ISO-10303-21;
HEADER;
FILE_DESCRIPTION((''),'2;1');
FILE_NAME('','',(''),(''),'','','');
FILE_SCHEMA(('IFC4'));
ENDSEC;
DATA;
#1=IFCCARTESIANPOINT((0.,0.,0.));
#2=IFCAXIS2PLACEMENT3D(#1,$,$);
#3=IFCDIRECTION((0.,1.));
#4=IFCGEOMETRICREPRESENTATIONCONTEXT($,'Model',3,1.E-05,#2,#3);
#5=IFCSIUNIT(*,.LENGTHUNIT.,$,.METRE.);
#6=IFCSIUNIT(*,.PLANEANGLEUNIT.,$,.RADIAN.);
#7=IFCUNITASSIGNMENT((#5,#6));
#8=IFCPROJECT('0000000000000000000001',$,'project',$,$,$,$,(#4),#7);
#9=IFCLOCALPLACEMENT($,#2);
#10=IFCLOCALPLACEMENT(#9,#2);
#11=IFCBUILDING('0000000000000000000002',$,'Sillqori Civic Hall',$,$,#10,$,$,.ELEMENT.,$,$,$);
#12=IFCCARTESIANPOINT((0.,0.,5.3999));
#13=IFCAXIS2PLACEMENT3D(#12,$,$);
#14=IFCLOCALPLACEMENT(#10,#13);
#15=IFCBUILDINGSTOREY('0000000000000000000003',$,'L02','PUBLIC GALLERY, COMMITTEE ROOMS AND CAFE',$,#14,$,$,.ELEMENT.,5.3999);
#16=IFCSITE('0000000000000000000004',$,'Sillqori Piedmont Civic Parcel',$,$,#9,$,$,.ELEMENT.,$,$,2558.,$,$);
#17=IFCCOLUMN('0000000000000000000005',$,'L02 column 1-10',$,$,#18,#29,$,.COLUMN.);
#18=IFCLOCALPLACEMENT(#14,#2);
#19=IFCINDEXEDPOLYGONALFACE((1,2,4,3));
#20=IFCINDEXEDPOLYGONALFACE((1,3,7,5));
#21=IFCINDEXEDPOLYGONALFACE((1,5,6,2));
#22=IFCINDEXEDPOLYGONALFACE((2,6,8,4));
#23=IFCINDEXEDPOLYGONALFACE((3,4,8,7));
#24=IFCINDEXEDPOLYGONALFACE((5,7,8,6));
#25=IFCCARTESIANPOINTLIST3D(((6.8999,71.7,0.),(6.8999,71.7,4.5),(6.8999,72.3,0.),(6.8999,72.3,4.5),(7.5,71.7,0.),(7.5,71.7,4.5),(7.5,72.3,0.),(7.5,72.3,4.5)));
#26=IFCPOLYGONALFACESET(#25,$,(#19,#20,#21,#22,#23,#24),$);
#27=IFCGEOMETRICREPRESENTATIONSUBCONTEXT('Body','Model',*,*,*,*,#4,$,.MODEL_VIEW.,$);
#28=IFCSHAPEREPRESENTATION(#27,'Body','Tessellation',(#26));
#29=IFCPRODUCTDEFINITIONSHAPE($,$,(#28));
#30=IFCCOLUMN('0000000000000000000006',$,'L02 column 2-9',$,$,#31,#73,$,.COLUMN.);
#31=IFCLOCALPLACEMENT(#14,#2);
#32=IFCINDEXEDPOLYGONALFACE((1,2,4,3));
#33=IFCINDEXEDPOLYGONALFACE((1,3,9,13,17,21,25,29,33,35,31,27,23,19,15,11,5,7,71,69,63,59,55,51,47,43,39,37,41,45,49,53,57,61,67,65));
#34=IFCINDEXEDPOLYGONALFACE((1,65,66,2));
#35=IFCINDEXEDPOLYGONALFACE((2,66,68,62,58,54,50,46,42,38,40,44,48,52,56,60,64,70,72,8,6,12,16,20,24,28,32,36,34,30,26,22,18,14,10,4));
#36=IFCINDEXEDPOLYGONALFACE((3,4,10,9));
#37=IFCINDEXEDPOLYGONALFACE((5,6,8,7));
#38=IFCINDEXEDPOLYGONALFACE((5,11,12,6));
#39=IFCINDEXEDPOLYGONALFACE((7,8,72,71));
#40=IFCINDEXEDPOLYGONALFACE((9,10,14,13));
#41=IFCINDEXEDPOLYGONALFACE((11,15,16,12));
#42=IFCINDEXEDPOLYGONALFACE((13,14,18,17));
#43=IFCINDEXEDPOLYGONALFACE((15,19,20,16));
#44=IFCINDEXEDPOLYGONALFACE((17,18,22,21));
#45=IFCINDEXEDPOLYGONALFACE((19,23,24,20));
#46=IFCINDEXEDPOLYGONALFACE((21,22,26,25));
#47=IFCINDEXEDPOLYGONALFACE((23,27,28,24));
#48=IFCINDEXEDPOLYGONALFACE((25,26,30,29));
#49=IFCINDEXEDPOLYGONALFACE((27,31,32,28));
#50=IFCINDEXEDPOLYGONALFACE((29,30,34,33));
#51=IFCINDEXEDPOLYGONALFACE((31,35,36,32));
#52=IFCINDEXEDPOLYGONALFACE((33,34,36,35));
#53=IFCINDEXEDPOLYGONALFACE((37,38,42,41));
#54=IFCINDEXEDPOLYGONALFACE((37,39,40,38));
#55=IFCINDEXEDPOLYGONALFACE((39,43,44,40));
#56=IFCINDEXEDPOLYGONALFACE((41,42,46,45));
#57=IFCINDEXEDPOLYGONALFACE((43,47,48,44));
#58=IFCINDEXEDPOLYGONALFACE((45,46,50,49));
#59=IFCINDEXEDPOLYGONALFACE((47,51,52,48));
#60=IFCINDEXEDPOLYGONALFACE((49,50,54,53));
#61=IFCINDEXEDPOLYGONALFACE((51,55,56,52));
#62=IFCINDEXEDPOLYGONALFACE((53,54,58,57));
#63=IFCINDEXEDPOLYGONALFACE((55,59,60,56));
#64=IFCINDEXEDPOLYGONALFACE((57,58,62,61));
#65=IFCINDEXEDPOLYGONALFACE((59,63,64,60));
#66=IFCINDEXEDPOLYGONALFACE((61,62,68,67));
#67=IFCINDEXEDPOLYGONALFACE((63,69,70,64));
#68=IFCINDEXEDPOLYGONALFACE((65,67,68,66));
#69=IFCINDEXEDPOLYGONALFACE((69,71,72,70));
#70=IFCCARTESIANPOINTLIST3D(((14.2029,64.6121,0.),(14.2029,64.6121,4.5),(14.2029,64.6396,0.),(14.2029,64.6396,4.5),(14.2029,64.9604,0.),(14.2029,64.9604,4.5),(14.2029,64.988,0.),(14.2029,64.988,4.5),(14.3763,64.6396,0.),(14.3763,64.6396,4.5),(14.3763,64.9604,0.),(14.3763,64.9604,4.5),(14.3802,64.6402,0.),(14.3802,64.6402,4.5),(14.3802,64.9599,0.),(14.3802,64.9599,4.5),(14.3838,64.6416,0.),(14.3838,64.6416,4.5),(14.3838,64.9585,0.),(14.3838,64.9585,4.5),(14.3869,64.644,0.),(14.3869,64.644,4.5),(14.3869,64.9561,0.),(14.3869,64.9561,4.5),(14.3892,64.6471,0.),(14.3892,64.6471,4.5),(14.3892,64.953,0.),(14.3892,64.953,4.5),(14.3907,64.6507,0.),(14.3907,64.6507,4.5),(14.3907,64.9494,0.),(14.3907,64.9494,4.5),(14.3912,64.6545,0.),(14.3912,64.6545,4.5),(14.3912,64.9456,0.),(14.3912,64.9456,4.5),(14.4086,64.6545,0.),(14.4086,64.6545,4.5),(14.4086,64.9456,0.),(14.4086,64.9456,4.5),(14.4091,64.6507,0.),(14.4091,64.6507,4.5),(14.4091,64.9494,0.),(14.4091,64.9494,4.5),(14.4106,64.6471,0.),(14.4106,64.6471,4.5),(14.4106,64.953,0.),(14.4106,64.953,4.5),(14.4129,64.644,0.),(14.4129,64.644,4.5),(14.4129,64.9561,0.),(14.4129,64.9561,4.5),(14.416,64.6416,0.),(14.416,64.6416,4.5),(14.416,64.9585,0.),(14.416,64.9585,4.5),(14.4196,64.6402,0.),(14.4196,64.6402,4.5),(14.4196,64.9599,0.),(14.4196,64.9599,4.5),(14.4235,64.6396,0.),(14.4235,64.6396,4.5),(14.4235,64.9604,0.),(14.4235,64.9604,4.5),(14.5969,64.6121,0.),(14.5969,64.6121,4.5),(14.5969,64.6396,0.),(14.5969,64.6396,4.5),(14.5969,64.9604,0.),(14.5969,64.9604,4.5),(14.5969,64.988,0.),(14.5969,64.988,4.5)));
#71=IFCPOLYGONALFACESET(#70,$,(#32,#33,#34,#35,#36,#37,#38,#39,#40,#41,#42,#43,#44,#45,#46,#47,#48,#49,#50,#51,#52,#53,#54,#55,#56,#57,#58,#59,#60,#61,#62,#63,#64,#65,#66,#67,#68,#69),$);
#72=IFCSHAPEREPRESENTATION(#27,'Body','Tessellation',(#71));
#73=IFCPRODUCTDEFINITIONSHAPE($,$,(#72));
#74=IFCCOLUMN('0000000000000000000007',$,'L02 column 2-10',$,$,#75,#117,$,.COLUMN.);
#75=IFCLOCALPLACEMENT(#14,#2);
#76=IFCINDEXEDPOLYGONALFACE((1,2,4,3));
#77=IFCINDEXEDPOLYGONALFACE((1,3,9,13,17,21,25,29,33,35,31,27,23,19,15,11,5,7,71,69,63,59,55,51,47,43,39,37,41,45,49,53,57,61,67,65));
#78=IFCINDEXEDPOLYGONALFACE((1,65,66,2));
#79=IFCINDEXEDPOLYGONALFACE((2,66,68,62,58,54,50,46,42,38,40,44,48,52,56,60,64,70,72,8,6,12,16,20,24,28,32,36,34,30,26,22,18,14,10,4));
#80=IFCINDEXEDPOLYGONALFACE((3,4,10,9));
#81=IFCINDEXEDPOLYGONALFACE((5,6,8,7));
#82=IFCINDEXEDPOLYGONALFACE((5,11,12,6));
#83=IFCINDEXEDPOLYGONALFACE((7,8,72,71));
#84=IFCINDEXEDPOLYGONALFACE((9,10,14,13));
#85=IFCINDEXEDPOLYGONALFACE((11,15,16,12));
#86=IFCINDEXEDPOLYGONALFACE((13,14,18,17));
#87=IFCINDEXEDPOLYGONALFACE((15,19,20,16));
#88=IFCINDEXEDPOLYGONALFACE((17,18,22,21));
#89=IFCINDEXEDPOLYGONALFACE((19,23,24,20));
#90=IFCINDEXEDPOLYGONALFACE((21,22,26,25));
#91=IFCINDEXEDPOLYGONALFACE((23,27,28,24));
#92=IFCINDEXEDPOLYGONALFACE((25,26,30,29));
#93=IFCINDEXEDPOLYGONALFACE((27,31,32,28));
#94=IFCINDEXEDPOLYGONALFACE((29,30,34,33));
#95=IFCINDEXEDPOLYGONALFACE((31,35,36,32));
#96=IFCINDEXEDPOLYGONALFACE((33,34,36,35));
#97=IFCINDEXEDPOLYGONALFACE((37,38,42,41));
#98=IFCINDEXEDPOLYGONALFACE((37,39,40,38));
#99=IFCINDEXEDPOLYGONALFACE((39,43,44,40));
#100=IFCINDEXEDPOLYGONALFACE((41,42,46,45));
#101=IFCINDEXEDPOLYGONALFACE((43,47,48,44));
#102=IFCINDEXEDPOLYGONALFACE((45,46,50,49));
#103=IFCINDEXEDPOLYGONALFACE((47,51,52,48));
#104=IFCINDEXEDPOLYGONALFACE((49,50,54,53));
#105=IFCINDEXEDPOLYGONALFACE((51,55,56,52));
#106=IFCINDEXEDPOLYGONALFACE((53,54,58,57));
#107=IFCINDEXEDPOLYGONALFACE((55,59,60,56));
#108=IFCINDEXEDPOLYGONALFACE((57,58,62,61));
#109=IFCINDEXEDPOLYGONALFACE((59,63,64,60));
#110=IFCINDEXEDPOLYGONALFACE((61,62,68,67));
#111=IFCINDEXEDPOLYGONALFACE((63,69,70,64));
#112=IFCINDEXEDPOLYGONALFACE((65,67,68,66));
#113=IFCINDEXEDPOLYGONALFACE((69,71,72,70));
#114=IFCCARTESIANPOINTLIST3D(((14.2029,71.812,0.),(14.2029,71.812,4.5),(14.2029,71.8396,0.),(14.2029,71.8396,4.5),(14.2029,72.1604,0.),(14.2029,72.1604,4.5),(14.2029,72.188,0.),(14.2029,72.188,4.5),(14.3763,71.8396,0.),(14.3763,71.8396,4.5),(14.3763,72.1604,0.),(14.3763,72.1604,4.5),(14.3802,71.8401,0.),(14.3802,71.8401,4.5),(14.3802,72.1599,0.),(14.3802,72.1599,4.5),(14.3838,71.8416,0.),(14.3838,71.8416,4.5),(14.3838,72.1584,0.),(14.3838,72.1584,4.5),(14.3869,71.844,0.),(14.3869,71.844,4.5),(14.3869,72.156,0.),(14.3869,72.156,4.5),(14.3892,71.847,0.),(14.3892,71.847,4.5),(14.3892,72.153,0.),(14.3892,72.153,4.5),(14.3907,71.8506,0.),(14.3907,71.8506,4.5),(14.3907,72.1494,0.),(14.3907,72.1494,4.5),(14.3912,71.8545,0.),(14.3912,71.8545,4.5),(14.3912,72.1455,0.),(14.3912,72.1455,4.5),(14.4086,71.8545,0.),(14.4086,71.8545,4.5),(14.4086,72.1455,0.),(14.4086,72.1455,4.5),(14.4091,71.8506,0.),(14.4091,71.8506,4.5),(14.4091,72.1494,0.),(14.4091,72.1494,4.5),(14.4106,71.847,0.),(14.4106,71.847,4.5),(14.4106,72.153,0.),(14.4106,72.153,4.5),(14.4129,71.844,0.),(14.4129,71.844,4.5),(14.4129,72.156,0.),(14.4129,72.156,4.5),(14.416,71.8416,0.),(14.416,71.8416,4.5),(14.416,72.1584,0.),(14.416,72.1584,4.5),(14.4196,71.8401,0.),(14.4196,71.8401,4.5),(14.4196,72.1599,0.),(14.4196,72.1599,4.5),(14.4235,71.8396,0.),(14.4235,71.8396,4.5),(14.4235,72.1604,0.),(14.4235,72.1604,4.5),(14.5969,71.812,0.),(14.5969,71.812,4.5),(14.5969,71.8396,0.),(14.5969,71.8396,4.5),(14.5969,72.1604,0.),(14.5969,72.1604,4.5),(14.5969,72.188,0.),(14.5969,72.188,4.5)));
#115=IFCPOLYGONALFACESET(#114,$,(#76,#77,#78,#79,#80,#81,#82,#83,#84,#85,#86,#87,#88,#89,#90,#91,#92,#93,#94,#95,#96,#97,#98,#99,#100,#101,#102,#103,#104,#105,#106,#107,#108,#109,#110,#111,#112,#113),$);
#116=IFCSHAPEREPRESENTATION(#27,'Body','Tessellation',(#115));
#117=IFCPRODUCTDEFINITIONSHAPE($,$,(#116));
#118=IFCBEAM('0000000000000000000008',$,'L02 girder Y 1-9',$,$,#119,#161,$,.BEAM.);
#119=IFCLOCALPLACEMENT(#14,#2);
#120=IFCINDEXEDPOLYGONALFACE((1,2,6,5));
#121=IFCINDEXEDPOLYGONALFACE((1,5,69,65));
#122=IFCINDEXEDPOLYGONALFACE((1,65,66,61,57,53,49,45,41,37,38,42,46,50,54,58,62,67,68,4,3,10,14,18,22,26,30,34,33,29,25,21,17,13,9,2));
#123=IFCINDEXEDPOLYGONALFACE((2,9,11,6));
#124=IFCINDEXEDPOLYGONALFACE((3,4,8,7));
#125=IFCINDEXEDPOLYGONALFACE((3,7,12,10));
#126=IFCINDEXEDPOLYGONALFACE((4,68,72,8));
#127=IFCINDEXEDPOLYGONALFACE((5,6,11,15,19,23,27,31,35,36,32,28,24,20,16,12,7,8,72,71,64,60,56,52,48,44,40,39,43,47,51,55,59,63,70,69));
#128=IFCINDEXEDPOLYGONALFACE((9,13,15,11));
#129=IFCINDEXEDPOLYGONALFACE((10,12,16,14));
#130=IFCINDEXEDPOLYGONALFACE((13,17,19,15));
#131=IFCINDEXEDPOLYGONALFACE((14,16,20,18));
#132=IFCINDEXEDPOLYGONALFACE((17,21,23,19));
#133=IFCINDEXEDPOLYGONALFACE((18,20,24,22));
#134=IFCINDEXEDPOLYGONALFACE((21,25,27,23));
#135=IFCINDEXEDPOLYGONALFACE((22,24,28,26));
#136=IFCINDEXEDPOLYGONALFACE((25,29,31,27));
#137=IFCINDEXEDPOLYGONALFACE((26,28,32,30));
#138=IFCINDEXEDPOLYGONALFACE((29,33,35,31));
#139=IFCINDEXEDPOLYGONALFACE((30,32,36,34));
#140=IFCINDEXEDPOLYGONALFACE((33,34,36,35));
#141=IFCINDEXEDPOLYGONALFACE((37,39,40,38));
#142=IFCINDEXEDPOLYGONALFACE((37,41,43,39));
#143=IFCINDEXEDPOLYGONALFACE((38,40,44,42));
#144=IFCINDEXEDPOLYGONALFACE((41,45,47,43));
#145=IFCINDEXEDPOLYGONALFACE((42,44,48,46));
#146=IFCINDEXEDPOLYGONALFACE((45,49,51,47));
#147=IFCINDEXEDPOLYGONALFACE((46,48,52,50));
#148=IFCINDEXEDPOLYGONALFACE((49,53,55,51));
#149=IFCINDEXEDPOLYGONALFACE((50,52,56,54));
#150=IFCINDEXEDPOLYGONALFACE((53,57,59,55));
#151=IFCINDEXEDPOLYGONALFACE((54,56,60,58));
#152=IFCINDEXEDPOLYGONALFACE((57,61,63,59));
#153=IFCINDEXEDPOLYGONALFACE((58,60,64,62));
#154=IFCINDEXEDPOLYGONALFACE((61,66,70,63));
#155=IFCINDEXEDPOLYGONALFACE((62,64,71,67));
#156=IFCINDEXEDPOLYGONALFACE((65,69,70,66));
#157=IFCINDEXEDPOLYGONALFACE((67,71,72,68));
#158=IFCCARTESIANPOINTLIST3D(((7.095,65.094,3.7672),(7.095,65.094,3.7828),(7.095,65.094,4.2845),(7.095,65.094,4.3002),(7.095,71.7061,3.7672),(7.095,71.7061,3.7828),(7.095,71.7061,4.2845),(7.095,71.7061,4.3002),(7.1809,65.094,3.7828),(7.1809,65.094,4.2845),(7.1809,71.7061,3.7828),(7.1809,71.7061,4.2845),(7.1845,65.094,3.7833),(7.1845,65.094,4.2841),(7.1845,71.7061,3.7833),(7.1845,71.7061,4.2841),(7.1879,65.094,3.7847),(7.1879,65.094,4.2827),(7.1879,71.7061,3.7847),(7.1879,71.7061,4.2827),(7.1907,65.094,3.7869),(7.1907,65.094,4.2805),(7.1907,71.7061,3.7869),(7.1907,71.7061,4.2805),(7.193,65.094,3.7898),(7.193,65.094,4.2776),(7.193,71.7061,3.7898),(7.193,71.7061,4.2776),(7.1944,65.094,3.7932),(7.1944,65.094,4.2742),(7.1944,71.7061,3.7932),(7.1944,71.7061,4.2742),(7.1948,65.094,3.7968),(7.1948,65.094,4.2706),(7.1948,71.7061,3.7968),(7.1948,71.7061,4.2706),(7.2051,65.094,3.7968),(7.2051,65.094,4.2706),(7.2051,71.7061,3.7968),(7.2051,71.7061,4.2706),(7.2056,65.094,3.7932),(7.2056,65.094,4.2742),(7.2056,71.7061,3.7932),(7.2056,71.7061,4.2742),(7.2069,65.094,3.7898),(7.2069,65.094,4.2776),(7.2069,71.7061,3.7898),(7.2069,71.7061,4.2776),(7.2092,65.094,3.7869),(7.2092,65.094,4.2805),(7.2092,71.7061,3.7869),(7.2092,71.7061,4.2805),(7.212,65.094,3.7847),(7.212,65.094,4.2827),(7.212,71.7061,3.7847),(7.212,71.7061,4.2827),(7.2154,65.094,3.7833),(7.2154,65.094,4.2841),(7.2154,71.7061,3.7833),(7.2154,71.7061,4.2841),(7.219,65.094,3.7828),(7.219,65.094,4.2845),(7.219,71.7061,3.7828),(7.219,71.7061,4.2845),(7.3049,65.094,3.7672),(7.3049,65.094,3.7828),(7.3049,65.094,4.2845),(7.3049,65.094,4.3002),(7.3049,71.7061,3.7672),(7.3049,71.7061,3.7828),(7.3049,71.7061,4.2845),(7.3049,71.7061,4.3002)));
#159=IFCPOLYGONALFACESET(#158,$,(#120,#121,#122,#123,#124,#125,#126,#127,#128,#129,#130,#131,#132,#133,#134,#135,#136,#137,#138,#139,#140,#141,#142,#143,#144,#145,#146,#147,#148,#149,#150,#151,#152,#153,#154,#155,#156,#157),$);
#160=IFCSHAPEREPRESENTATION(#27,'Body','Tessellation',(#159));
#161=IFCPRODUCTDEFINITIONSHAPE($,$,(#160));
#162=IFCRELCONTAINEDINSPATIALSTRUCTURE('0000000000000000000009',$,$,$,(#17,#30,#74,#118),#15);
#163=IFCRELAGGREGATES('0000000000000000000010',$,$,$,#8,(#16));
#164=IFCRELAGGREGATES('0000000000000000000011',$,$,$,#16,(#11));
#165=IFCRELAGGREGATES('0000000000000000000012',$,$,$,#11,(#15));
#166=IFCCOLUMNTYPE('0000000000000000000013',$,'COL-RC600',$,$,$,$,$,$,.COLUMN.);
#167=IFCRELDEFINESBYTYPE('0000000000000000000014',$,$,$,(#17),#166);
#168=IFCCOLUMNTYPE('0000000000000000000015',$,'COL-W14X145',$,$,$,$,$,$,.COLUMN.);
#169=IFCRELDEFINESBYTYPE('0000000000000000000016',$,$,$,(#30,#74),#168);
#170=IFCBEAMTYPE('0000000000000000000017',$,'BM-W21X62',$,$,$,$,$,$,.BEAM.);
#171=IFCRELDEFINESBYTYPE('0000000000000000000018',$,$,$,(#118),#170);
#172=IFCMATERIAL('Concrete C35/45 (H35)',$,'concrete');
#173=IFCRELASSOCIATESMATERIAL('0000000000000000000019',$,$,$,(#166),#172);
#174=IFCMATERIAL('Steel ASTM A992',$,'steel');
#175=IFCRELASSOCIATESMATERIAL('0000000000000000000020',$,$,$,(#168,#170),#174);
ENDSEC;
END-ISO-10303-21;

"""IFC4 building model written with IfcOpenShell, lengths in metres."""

from ifc_helpers import new_model, si_unit, direction, frame, origin, origin_2d, place, context, subcontext, project, spatial, rectangle, i_section, extrude, material, material_profile, profile_set, type_object, element, save


model = new_model("IFC4")

# Units and contexts
model_context = context("Model", 3, precision=1e-05, world=origin(), true_north=direction((0.0, 1.0)))
body_context = subcontext(model_context, "Body", "Model", "MODEL_VIEW")
ifc_project = project(units=[si_unit("LENGTHUNIT", "METRE"), si_unit("PLANEANGLEUNIT", "RADIAN")], contexts=[model_context])

# Site, building, storey
site_placement = place(None, origin())
site = spatial("IfcSite", under=ifc_project, at=site_placement, Name="Sillqori Piedmont Civic Parcel", CompositionType="ELEMENT", RefElevation=2558.0)
building_placement = place(site_placement, origin())
building = spatial("IfcBuilding", under=site, at=building_placement, Name="Sillqori Civic Hall", CompositionType="ELEMENT")
storey_placement = place(building_placement, frame((0.0, 0.0, 5.3999)))
storey = spatial("IfcBuildingStorey", under=building, at=storey_placement, Name="L02", Description="PUBLIC GALLERY, COMMITTEE ROOMS AND CAFE", CompositionType="ELEMENT", Elevation=5.3999)

# Columns
ifc_material_1 = material(Name="Concrete C35/45 (H35)", Category="concrete")
ifc_material_profile_1 = material_profile(ifc_material_1, rectangle(XDim=0.6001, YDim=0.6001, at=origin_2d()), Name="RC 600x600")
ifc_profile_set_1 = profile_set([ifc_material_profile_1], Name="Concrete C35/45 (H35)")
column_type_1 = type_object("IfcColumnType", Name="COL-RC600", PredefinedType="COLUMN", material=ifc_profile_set_1)
column_placement = place(storey_placement, frame((7.2, 72.0, 0.0), z_axis=(0.0, 0.0, 1.0), x_axis=(1.0, 0.0, 0.0)))
element("IfcColumn", 1, at=column_placement, inside=storey, type_object=column_type_1, Name="L02 column 1-10", PredefinedType="COLUMN", context=body_context, shape_type="SweptSolid", body=[
    extrude(rectangle(XDim=0.6001, YDim=0.6001, at=origin_2d()), origin(), (0.0, 0.0, 1.0), 4.5),
])
ifc_material_2 = material(Name="Steel ASTM A992", Category="steel")
ifc_material_profile_2 = material_profile(ifc_material_2, i_section(OverallWidth=0.394, OverallDepth=0.376, WebThickness=0.0173, FlangeThickness=0.0276, FilletRadius=0.0149, at=origin_2d()), Name="W14X145")
ifc_profile_set_2 = profile_set([ifc_material_profile_2], Name="Steel ASTM A992")
column_type_2 = type_object("IfcColumnType", Name="COL-W14X145", PredefinedType="COLUMN", material=ifc_profile_set_2)
for number, where, z_axis, x_axis, name in (
    (2, (14.3999, 64.8, 0.0), (0.0, 0.0, 1.0), (1.0, 0.0, 0.0), "L02 column 2-9"),
    (3, (14.3999, 72.0, 0.0), (0.0, 0.0, 1.0), (1.0, 0.0, 0.0), "L02 column 2-10"),
):
    element("IfcColumn", number, at=place(storey_placement, frame(where, z_axis=z_axis, x_axis=x_axis)), inside=storey, type_object=column_type_2, Name=name, PredefinedType="COLUMN", context=body_context, shape_type="SweptSolid", body=[
        extrude(i_section(OverallWidth=0.394, OverallDepth=0.376, WebThickness=0.0173, FlangeThickness=0.0276, FilletRadius=0.0149, at=origin_2d()), origin(), (0.0, 0.0, 1.0), 4.5),
    ])

# Beam
ifc_material_profile_3 = material_profile(ifc_material_2, i_section(OverallWidth=0.21, OverallDepth=0.533, WebThickness=0.0103, FlangeThickness=0.0156, FilletRadius=0.0139, at=origin_2d()), Name="W21X62")
ifc_profile_set_3 = profile_set([ifc_material_profile_3], Name="Steel ASTM A992")
beam_type_1 = type_object("IfcBeamType", Name="BM-W21X62", PredefinedType="BEAM", material=ifc_profile_set_3)
beam_1_placement = place(storey_placement, frame((7.2, 65.094, 4.0337), z_axis=(0.0, 1.0, 0.0), x_axis=(-1.0, 0.0, 0.0)))
element("IfcBeam", 4, at=beam_1_placement, inside=storey, type_object=beam_type_1, Name="L02 girder Y 1-9", PredefinedType="BEAM", context=body_context, shape_type="SweptSolid", body=[
    extrude(i_section(OverallWidth=0.21, OverallDepth=0.533, WebThickness=0.0103, FlangeThickness=0.0156, FilletRadius=0.0139, at=origin_2d()), origin(), (0.0, 0.0, 1.0), 6.6121),
])

save(model, "model.ifc")
